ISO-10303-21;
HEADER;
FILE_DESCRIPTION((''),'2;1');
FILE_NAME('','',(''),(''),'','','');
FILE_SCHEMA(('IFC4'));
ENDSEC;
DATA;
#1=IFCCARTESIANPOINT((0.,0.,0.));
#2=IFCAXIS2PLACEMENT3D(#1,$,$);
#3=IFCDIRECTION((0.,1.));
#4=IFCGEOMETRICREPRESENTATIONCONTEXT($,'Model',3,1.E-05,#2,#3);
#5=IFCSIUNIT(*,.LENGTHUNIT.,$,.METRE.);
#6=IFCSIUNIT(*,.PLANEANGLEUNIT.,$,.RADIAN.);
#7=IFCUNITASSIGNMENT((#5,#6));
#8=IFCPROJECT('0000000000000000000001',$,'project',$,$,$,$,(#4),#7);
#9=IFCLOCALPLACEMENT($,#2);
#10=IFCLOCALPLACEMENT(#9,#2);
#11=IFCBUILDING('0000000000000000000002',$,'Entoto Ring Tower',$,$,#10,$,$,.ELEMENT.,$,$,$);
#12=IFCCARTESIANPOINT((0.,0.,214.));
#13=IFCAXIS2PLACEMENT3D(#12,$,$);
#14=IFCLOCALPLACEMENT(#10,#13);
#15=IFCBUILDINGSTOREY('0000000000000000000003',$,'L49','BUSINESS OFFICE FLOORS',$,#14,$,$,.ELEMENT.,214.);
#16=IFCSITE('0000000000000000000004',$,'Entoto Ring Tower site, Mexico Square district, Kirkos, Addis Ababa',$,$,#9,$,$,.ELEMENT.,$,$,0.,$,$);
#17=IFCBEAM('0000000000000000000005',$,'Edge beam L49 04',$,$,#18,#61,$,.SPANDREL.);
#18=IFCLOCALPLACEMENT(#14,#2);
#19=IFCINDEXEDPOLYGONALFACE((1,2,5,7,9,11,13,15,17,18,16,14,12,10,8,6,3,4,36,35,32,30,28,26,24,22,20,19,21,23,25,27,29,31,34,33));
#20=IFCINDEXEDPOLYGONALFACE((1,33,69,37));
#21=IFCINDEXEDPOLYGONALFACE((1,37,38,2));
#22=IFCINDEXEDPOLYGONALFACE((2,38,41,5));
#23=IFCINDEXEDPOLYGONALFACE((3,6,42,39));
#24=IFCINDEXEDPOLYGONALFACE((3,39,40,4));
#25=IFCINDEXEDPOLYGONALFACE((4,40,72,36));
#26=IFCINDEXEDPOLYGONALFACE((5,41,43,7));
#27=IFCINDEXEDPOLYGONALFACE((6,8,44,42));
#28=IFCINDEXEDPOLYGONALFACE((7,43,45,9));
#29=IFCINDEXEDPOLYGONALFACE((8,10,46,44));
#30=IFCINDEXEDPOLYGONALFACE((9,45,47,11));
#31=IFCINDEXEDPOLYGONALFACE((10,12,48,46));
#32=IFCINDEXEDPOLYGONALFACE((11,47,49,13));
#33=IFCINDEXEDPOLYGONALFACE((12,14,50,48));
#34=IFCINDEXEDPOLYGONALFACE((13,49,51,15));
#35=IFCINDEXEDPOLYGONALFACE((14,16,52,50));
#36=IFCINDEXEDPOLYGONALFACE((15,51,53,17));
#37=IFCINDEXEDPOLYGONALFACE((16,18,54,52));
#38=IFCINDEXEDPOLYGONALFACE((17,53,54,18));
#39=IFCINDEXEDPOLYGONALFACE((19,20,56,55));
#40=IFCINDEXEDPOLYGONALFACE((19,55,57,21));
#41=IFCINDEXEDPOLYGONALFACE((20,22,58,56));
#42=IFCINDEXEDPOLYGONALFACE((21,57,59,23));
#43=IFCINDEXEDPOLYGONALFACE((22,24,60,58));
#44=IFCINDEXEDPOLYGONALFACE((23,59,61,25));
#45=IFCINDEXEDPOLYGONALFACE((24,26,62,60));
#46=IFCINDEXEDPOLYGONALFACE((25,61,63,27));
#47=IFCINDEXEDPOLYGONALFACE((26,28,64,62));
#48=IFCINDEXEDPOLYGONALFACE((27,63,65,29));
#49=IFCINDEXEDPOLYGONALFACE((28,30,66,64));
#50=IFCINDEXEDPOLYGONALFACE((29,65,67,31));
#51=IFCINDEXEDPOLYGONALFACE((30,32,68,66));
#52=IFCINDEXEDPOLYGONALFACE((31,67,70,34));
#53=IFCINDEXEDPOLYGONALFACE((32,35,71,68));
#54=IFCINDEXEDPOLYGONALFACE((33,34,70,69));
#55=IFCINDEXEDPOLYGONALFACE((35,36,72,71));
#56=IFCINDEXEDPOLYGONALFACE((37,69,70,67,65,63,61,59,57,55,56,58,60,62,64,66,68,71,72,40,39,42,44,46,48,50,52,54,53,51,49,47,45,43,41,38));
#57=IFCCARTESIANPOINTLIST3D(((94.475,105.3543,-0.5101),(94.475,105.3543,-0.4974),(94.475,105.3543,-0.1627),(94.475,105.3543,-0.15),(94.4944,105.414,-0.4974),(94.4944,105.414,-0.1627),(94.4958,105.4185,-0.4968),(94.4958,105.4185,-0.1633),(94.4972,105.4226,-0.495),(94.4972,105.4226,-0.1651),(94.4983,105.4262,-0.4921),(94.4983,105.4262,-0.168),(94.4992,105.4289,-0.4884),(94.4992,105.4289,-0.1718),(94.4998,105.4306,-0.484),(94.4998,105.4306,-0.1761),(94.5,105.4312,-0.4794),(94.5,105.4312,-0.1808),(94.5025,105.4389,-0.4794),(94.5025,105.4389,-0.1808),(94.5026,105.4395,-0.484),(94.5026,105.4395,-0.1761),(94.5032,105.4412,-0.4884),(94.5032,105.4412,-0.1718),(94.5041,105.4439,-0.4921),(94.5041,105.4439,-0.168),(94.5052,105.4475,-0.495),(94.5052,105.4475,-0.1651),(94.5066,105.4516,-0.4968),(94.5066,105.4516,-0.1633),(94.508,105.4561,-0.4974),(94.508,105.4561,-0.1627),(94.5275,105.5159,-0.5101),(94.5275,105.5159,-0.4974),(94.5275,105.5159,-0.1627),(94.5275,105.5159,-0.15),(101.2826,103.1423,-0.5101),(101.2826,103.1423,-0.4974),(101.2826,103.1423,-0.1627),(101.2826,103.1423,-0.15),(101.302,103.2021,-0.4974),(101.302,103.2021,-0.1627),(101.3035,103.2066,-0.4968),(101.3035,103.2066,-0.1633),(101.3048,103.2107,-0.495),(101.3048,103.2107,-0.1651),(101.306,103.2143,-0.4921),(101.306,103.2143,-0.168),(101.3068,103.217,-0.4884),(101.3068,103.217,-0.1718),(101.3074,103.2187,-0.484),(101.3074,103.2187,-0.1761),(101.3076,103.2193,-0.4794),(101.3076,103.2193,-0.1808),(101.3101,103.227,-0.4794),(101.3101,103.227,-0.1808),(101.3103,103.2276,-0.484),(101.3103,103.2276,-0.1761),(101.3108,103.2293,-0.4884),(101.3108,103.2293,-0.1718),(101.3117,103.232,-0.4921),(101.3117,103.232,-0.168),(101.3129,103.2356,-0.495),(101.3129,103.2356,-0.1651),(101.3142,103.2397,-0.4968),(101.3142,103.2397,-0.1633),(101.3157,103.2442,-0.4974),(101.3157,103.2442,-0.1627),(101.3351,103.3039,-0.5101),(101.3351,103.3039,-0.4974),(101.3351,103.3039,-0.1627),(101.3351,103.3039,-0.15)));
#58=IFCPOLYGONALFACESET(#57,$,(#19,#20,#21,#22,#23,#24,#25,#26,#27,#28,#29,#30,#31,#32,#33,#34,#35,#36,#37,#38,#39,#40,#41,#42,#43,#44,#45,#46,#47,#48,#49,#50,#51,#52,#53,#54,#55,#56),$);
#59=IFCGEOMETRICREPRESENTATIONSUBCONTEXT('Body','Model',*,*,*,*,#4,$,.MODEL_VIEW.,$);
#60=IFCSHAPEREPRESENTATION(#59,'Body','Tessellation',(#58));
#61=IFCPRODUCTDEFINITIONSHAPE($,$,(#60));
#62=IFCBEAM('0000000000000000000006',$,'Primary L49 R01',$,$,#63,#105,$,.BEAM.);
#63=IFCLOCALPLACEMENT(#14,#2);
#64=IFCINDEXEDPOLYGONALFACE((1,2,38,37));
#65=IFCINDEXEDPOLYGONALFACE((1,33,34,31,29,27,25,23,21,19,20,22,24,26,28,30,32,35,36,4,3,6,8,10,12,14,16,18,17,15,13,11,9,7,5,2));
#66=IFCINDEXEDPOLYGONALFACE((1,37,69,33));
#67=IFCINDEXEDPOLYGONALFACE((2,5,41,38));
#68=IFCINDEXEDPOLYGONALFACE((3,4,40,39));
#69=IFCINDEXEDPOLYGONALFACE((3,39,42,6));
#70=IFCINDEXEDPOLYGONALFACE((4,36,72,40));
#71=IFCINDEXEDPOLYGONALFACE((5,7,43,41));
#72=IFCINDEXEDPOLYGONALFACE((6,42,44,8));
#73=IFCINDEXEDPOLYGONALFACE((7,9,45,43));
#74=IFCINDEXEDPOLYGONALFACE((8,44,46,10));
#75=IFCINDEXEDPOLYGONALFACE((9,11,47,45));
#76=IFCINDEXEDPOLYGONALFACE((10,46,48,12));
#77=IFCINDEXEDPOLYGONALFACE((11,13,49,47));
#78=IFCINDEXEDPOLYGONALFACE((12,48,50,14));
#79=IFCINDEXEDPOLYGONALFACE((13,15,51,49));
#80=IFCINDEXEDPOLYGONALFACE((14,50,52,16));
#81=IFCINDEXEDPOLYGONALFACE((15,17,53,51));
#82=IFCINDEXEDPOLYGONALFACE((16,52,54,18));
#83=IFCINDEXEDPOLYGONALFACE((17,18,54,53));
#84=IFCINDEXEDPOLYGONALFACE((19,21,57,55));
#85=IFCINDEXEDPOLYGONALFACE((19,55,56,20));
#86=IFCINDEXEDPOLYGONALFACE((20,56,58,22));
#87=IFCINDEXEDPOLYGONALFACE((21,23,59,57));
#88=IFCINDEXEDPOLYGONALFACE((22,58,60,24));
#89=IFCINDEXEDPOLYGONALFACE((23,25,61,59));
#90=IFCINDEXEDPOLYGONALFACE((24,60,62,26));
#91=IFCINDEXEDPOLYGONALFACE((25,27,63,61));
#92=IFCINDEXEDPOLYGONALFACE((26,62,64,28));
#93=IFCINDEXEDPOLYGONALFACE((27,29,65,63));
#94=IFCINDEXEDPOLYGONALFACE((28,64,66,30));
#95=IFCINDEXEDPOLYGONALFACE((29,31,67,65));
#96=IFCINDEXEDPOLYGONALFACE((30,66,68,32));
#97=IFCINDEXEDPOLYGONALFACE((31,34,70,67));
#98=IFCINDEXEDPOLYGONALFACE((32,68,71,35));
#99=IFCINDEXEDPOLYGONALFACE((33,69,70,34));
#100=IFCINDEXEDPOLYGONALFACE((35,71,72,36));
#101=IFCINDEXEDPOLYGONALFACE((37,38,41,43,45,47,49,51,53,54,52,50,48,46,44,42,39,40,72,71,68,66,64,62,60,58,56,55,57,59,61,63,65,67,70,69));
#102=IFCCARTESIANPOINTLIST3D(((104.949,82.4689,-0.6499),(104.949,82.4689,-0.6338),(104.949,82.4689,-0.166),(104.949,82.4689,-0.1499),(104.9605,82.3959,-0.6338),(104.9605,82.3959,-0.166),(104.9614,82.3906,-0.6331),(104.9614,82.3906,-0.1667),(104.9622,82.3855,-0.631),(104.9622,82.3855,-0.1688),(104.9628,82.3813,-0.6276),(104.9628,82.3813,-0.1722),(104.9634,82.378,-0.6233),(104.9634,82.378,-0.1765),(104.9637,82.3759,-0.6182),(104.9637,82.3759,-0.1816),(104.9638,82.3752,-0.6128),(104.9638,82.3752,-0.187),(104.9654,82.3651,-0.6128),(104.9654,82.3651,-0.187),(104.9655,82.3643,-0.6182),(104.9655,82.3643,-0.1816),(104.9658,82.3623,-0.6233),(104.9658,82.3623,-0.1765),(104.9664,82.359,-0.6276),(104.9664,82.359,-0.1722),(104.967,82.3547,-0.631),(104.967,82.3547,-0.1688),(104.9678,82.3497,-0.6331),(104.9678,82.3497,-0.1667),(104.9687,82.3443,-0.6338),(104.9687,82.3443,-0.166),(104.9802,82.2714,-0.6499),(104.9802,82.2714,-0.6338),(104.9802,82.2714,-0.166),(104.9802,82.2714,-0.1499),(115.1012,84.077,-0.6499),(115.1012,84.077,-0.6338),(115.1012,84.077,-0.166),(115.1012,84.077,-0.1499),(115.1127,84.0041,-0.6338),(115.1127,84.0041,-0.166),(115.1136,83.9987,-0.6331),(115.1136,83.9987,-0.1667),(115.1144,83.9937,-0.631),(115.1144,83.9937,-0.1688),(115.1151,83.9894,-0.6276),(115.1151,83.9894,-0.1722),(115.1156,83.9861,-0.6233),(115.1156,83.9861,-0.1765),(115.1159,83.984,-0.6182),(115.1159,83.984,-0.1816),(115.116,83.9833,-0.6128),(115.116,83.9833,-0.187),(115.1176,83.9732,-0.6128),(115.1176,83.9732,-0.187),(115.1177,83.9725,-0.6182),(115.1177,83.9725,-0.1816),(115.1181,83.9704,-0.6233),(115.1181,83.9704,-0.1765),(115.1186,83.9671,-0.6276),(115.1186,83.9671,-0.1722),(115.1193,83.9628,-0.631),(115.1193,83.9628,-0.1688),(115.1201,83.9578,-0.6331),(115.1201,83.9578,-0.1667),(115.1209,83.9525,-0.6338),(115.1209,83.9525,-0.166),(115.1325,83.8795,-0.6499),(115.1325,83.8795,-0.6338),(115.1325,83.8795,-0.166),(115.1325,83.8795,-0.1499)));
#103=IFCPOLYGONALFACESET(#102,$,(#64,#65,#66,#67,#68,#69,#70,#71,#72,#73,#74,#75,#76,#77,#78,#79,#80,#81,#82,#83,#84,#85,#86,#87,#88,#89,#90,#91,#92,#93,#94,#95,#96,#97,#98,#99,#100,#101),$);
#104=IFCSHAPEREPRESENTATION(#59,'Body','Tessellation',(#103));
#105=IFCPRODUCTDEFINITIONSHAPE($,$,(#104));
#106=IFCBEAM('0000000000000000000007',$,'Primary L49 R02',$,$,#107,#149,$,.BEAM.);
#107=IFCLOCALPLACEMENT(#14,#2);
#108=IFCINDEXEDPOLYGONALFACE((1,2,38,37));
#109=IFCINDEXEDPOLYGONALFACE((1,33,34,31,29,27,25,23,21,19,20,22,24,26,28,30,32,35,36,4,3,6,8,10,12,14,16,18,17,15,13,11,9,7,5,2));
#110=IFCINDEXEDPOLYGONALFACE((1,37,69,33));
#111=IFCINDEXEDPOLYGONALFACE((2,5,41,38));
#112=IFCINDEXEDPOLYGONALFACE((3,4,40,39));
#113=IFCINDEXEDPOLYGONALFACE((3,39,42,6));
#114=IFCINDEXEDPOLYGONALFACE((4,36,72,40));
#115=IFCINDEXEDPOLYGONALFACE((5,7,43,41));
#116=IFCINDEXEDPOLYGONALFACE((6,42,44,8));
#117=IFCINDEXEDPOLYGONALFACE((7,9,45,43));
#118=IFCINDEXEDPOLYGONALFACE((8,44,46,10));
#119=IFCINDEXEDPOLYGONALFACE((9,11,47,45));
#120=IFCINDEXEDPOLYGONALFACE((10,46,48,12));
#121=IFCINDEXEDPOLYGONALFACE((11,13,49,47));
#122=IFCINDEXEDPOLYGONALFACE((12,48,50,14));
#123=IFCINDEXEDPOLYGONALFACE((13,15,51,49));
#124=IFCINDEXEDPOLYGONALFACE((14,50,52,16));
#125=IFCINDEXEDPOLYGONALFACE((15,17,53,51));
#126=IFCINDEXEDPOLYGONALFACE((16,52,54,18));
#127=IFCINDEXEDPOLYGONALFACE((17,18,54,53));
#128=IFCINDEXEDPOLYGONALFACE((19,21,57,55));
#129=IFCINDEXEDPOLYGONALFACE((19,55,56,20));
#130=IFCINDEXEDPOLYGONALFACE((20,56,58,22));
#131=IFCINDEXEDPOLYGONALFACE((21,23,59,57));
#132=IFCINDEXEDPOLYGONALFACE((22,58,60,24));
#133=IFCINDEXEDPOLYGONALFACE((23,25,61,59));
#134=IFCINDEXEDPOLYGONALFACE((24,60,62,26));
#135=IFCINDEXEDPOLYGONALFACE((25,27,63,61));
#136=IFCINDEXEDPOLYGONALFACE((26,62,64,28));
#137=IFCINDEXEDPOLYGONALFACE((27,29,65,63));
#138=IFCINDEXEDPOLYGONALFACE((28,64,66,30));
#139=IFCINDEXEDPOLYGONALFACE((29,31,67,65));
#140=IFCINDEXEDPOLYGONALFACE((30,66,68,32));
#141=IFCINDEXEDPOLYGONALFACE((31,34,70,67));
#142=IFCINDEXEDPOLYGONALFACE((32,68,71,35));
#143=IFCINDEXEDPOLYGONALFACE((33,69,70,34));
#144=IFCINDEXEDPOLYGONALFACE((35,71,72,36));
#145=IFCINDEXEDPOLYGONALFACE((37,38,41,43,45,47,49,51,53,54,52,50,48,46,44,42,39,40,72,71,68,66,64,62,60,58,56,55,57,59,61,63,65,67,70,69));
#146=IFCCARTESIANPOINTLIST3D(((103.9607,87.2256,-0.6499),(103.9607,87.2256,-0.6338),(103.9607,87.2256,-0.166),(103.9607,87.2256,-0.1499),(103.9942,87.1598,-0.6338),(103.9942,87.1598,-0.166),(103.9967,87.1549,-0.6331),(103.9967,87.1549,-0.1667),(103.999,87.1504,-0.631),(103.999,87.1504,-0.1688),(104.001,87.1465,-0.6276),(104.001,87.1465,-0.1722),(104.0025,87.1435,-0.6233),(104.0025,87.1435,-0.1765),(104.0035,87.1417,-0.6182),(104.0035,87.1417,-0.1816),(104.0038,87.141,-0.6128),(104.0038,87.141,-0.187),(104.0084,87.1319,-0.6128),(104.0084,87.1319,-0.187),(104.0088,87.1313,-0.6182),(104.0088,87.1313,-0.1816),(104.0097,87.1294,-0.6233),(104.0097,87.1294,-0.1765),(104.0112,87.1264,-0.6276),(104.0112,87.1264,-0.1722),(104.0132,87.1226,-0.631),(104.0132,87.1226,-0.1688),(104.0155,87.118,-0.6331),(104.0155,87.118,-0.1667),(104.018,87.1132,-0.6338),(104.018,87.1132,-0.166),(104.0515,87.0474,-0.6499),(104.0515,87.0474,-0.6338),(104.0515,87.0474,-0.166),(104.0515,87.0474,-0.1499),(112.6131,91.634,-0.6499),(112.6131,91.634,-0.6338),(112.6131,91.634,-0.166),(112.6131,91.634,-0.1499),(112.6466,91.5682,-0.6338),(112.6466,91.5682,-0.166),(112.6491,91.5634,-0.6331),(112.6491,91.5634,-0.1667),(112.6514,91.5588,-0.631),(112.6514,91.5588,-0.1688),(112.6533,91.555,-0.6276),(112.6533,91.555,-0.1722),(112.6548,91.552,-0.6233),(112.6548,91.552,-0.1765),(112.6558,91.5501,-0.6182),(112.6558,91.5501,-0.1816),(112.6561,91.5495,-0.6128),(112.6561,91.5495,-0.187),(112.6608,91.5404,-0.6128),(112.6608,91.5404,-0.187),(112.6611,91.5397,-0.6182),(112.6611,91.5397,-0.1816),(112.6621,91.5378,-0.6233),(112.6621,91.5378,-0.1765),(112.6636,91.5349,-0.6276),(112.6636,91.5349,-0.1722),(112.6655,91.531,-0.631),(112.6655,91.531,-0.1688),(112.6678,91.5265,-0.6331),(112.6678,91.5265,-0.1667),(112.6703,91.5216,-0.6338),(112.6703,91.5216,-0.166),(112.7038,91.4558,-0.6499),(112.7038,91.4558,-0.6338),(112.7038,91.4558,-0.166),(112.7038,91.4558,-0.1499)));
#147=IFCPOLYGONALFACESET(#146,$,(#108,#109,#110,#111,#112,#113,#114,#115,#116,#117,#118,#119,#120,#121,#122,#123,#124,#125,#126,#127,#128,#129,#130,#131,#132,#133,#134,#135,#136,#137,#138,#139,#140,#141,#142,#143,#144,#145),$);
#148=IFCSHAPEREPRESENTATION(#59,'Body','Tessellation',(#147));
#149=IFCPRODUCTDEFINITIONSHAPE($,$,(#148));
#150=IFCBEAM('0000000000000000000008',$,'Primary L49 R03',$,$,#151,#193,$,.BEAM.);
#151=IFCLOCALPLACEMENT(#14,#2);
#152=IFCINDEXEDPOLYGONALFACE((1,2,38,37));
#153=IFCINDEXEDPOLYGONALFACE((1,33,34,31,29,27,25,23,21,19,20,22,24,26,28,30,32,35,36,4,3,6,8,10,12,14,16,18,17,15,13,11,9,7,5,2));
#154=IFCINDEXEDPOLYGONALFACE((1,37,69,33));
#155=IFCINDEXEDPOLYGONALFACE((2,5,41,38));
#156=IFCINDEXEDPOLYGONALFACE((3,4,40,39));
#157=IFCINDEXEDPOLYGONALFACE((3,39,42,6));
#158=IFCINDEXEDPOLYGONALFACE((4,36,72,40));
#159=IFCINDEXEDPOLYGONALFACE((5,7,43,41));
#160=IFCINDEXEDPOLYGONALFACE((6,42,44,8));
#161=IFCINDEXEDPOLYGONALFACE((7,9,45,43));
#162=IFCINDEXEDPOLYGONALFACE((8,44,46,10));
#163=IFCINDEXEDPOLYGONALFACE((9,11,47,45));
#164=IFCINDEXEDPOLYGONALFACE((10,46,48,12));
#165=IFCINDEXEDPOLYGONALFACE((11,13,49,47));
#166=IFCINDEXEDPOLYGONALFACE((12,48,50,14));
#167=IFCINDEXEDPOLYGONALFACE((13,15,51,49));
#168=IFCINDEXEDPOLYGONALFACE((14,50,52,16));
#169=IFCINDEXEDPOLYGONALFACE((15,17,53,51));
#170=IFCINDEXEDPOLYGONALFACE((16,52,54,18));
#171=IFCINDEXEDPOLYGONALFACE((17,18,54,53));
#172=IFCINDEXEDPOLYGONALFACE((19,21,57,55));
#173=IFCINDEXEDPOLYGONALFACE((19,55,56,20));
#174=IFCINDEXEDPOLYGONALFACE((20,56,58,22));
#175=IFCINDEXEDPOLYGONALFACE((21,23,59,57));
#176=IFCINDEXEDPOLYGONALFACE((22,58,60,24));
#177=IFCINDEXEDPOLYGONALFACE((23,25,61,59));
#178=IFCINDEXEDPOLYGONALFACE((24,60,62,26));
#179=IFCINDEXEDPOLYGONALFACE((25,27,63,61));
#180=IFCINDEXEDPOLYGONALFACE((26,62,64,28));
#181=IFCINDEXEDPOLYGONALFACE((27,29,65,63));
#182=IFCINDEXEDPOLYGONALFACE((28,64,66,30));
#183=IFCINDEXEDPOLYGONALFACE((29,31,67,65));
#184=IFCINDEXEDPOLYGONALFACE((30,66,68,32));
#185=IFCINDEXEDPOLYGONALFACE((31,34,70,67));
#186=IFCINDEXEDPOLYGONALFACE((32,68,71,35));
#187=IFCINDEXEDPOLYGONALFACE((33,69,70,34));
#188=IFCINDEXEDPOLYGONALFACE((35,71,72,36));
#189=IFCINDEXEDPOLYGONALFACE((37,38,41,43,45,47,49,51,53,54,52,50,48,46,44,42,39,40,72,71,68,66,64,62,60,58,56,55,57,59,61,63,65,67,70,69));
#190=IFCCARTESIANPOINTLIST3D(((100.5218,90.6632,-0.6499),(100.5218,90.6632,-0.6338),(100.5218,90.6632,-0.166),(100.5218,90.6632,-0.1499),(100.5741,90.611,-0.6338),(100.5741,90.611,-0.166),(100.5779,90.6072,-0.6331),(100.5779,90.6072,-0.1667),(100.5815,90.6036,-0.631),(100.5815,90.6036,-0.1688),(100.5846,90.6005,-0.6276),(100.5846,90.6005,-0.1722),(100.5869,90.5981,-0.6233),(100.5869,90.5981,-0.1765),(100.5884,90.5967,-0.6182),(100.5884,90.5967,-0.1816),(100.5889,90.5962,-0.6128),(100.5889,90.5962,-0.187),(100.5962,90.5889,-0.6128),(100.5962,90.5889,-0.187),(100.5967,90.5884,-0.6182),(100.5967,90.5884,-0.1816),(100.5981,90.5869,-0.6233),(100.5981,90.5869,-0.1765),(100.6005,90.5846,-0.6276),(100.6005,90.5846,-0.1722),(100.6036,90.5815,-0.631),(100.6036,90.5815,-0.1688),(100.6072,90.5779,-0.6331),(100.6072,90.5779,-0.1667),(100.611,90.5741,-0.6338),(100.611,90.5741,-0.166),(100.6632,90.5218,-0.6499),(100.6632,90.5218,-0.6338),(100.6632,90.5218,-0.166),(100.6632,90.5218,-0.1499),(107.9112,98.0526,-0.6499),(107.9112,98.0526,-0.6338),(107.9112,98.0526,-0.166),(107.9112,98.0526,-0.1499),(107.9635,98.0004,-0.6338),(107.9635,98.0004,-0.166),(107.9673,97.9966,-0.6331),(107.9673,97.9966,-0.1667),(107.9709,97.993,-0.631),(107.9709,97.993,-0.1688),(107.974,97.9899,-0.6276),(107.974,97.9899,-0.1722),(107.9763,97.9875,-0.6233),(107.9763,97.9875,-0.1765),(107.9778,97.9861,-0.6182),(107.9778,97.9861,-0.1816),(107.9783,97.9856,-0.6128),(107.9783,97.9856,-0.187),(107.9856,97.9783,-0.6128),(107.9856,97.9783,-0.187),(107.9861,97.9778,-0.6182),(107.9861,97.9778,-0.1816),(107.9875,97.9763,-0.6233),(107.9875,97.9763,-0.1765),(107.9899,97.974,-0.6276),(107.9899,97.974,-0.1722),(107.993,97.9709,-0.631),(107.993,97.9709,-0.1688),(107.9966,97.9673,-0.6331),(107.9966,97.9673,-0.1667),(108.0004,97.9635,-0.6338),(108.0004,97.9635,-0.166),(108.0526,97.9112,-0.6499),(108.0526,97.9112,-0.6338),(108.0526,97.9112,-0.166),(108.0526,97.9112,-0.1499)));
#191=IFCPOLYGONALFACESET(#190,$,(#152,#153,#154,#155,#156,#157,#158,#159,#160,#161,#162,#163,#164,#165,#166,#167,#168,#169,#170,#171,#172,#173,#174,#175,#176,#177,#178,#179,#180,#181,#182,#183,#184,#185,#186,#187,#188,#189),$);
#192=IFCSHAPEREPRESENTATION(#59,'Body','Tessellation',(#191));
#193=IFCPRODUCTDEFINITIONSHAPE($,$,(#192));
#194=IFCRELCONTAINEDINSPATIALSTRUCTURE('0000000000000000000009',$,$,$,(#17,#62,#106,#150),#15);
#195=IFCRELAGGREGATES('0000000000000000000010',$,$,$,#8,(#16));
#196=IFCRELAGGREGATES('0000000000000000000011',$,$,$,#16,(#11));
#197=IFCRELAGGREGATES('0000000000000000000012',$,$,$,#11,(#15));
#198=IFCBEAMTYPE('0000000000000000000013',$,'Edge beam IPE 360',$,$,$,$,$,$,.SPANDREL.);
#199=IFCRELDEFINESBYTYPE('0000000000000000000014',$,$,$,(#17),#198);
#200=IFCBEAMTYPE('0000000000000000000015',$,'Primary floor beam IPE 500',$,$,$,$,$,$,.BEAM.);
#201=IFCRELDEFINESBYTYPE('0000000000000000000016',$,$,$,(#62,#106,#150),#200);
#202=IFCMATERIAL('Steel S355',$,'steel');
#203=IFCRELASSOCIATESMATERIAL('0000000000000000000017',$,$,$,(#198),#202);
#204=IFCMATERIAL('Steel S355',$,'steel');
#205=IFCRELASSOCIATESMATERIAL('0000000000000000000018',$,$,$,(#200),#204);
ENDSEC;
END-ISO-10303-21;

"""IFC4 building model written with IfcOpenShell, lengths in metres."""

from ifc_helpers import new_model, si_unit, direction, frame, origin, origin_2d, place, context, subcontext, project, spatial, i_section, extrude, material, material_profile, profile_set, type_object, element, save


model = new_model("IFC4")

# Units and contexts
model_context = context("Model", 3, precision=1e-05, world=origin(), true_north=direction((0.0, 1.0)))
body_context = subcontext(model_context, "Body", "Model", "MODEL_VIEW")
ifc_project = project(units=[si_unit("LENGTHUNIT", "METRE"), si_unit("PLANEANGLEUNIT", "RADIAN")], contexts=[model_context])

# Site, building, storey
site_placement = place(None, origin())
site = spatial("IfcSite", under=ifc_project, at=site_placement, Name="Entoto Ring Tower site, Mexico Square district, Kirkos, Addis Ababa", CompositionType="ELEMENT", RefElevation=0.0)
building_placement = place(site_placement, origin())
building = spatial("IfcBuilding", under=site, at=building_placement, Name="Entoto Ring Tower", CompositionType="ELEMENT")
storey_placement = place(building_placement, frame((0.0, 0.0, 214.0)))
storey = spatial("IfcBuildingStorey", under=building, at=storey_placement, Name="L49", Description="BUSINESS OFFICE FLOORS", CompositionType="ELEMENT", Elevation=214.0)

# Beams
ifc_material_1 = material(Name="Steel S355", Category="steel")
ifc_material_profile_1 = material_profile(ifc_material_1, i_section(OverallWidth=0.1699, OverallDepth=0.3601, WebThickness=0.0081, FlangeThickness=0.0127, FilletRadius=0.0181, at=origin_2d()), Name="IPE 360")
ifc_profile_set_1 = profile_set([ifc_material_profile_1], Name="Steel S355")
beam_type_1 = type_object("IfcBeamType", Name="Edge beam IPE 360", PredefinedType="SPANDREL", material=ifc_profile_set_1)
beam_1_placement = place(storey_placement, frame((101.3088, 103.2231, -0.3301), z_axis=(-0.951057, 0.309015, 0.0), x_axis=(-0.309015, -0.951057, 0.0)))
element("IfcBeam", 1, at=beam_1_placement, inside=storey, type_object=beam_type_1, Name="Edge beam L49 04", PredefinedType="SPANDREL", context=body_context, shape_type="SweptSolid", body=[
    extrude(i_section(OverallWidth=0.1699, OverallDepth=0.3601, WebThickness=0.0081, FlangeThickness=0.0127, FilletRadius=0.0181, at=origin_2d()), origin(), (0.0, 0.0, 1.0), 7.158),
])
ifc_material_2 = material(Name="Steel S355", Category="steel")
ifc_material_profile_2 = material_profile(ifc_material_2, i_section(OverallWidth=0.2, OverallDepth=0.5, WebThickness=0.0103, FlangeThickness=0.0161, FilletRadius=0.021, at=origin_2d()), Name="IPE 500")
ifc_profile_set_2 = profile_set([ifc_material_profile_2], Name="Steel S355")
beam_type_2 = type_object("IfcBeamType", Name="Primary floor beam IPE 500", PredefinedType="BEAM", material=ifc_profile_set_2)
beam_2_placement = place(storey_placement, frame((104.9646, 82.3701, -0.3999), z_axis=(0.987686, 0.156452, 0.0), x_axis=(-0.156452, 0.987686, 0.0)))
element("IfcBeam", 2, at=beam_2_placement, inside=storey, type_object=beam_type_2, Name="Primary L49 R01", PredefinedType="BEAM", context=body_context, shape_type="SweptSolid", body=[
    extrude(i_section(OverallWidth=0.2, OverallDepth=0.5, WebThickness=0.0103, FlangeThickness=0.0161, FilletRadius=0.021, at=origin_2d()), origin(), (0.0, 0.0, 1.0), 10.2788),
])
beam_3_placement = place(storey_placement, frame((104.0061, 87.1365, -0.3999), z_axis=(0.891012, 0.453979, 0.0), x_axis=(-0.453979, 0.891012, 0.0)))
element("IfcBeam", 3, at=beam_3_placement, inside=storey, type_object=beam_type_2, Name="Primary L49 R02", PredefinedType="BEAM", context=body_context, shape_type="SweptSolid", body=[
    extrude(i_section(OverallWidth=0.2, OverallDepth=0.5, WebThickness=0.0103, FlangeThickness=0.0161, FilletRadius=0.021, at=origin_2d()), origin(), (0.0, 0.0, 1.0), 9.7107),
])
beam_4_placement = place(storey_placement, frame((100.5925, 90.5925, -0.3999), z_axis=(0.707107, 0.707107, 0.0), x_axis=(-0.707107, 0.707107, 0.0)))
element("IfcBeam", 4, at=beam_4_placement, inside=storey, type_object=beam_type_2, Name="Primary L49 R03", PredefinedType="BEAM", context=body_context, shape_type="SweptSolid", body=[
    extrude(i_section(OverallWidth=0.2, OverallDepth=0.5, WebThickness=0.0103, FlangeThickness=0.0161, FilletRadius=0.021, at=origin_2d()), origin(), (0.0, 0.0, 1.0), 10.4502),
])

save(model, "model.ifc")
